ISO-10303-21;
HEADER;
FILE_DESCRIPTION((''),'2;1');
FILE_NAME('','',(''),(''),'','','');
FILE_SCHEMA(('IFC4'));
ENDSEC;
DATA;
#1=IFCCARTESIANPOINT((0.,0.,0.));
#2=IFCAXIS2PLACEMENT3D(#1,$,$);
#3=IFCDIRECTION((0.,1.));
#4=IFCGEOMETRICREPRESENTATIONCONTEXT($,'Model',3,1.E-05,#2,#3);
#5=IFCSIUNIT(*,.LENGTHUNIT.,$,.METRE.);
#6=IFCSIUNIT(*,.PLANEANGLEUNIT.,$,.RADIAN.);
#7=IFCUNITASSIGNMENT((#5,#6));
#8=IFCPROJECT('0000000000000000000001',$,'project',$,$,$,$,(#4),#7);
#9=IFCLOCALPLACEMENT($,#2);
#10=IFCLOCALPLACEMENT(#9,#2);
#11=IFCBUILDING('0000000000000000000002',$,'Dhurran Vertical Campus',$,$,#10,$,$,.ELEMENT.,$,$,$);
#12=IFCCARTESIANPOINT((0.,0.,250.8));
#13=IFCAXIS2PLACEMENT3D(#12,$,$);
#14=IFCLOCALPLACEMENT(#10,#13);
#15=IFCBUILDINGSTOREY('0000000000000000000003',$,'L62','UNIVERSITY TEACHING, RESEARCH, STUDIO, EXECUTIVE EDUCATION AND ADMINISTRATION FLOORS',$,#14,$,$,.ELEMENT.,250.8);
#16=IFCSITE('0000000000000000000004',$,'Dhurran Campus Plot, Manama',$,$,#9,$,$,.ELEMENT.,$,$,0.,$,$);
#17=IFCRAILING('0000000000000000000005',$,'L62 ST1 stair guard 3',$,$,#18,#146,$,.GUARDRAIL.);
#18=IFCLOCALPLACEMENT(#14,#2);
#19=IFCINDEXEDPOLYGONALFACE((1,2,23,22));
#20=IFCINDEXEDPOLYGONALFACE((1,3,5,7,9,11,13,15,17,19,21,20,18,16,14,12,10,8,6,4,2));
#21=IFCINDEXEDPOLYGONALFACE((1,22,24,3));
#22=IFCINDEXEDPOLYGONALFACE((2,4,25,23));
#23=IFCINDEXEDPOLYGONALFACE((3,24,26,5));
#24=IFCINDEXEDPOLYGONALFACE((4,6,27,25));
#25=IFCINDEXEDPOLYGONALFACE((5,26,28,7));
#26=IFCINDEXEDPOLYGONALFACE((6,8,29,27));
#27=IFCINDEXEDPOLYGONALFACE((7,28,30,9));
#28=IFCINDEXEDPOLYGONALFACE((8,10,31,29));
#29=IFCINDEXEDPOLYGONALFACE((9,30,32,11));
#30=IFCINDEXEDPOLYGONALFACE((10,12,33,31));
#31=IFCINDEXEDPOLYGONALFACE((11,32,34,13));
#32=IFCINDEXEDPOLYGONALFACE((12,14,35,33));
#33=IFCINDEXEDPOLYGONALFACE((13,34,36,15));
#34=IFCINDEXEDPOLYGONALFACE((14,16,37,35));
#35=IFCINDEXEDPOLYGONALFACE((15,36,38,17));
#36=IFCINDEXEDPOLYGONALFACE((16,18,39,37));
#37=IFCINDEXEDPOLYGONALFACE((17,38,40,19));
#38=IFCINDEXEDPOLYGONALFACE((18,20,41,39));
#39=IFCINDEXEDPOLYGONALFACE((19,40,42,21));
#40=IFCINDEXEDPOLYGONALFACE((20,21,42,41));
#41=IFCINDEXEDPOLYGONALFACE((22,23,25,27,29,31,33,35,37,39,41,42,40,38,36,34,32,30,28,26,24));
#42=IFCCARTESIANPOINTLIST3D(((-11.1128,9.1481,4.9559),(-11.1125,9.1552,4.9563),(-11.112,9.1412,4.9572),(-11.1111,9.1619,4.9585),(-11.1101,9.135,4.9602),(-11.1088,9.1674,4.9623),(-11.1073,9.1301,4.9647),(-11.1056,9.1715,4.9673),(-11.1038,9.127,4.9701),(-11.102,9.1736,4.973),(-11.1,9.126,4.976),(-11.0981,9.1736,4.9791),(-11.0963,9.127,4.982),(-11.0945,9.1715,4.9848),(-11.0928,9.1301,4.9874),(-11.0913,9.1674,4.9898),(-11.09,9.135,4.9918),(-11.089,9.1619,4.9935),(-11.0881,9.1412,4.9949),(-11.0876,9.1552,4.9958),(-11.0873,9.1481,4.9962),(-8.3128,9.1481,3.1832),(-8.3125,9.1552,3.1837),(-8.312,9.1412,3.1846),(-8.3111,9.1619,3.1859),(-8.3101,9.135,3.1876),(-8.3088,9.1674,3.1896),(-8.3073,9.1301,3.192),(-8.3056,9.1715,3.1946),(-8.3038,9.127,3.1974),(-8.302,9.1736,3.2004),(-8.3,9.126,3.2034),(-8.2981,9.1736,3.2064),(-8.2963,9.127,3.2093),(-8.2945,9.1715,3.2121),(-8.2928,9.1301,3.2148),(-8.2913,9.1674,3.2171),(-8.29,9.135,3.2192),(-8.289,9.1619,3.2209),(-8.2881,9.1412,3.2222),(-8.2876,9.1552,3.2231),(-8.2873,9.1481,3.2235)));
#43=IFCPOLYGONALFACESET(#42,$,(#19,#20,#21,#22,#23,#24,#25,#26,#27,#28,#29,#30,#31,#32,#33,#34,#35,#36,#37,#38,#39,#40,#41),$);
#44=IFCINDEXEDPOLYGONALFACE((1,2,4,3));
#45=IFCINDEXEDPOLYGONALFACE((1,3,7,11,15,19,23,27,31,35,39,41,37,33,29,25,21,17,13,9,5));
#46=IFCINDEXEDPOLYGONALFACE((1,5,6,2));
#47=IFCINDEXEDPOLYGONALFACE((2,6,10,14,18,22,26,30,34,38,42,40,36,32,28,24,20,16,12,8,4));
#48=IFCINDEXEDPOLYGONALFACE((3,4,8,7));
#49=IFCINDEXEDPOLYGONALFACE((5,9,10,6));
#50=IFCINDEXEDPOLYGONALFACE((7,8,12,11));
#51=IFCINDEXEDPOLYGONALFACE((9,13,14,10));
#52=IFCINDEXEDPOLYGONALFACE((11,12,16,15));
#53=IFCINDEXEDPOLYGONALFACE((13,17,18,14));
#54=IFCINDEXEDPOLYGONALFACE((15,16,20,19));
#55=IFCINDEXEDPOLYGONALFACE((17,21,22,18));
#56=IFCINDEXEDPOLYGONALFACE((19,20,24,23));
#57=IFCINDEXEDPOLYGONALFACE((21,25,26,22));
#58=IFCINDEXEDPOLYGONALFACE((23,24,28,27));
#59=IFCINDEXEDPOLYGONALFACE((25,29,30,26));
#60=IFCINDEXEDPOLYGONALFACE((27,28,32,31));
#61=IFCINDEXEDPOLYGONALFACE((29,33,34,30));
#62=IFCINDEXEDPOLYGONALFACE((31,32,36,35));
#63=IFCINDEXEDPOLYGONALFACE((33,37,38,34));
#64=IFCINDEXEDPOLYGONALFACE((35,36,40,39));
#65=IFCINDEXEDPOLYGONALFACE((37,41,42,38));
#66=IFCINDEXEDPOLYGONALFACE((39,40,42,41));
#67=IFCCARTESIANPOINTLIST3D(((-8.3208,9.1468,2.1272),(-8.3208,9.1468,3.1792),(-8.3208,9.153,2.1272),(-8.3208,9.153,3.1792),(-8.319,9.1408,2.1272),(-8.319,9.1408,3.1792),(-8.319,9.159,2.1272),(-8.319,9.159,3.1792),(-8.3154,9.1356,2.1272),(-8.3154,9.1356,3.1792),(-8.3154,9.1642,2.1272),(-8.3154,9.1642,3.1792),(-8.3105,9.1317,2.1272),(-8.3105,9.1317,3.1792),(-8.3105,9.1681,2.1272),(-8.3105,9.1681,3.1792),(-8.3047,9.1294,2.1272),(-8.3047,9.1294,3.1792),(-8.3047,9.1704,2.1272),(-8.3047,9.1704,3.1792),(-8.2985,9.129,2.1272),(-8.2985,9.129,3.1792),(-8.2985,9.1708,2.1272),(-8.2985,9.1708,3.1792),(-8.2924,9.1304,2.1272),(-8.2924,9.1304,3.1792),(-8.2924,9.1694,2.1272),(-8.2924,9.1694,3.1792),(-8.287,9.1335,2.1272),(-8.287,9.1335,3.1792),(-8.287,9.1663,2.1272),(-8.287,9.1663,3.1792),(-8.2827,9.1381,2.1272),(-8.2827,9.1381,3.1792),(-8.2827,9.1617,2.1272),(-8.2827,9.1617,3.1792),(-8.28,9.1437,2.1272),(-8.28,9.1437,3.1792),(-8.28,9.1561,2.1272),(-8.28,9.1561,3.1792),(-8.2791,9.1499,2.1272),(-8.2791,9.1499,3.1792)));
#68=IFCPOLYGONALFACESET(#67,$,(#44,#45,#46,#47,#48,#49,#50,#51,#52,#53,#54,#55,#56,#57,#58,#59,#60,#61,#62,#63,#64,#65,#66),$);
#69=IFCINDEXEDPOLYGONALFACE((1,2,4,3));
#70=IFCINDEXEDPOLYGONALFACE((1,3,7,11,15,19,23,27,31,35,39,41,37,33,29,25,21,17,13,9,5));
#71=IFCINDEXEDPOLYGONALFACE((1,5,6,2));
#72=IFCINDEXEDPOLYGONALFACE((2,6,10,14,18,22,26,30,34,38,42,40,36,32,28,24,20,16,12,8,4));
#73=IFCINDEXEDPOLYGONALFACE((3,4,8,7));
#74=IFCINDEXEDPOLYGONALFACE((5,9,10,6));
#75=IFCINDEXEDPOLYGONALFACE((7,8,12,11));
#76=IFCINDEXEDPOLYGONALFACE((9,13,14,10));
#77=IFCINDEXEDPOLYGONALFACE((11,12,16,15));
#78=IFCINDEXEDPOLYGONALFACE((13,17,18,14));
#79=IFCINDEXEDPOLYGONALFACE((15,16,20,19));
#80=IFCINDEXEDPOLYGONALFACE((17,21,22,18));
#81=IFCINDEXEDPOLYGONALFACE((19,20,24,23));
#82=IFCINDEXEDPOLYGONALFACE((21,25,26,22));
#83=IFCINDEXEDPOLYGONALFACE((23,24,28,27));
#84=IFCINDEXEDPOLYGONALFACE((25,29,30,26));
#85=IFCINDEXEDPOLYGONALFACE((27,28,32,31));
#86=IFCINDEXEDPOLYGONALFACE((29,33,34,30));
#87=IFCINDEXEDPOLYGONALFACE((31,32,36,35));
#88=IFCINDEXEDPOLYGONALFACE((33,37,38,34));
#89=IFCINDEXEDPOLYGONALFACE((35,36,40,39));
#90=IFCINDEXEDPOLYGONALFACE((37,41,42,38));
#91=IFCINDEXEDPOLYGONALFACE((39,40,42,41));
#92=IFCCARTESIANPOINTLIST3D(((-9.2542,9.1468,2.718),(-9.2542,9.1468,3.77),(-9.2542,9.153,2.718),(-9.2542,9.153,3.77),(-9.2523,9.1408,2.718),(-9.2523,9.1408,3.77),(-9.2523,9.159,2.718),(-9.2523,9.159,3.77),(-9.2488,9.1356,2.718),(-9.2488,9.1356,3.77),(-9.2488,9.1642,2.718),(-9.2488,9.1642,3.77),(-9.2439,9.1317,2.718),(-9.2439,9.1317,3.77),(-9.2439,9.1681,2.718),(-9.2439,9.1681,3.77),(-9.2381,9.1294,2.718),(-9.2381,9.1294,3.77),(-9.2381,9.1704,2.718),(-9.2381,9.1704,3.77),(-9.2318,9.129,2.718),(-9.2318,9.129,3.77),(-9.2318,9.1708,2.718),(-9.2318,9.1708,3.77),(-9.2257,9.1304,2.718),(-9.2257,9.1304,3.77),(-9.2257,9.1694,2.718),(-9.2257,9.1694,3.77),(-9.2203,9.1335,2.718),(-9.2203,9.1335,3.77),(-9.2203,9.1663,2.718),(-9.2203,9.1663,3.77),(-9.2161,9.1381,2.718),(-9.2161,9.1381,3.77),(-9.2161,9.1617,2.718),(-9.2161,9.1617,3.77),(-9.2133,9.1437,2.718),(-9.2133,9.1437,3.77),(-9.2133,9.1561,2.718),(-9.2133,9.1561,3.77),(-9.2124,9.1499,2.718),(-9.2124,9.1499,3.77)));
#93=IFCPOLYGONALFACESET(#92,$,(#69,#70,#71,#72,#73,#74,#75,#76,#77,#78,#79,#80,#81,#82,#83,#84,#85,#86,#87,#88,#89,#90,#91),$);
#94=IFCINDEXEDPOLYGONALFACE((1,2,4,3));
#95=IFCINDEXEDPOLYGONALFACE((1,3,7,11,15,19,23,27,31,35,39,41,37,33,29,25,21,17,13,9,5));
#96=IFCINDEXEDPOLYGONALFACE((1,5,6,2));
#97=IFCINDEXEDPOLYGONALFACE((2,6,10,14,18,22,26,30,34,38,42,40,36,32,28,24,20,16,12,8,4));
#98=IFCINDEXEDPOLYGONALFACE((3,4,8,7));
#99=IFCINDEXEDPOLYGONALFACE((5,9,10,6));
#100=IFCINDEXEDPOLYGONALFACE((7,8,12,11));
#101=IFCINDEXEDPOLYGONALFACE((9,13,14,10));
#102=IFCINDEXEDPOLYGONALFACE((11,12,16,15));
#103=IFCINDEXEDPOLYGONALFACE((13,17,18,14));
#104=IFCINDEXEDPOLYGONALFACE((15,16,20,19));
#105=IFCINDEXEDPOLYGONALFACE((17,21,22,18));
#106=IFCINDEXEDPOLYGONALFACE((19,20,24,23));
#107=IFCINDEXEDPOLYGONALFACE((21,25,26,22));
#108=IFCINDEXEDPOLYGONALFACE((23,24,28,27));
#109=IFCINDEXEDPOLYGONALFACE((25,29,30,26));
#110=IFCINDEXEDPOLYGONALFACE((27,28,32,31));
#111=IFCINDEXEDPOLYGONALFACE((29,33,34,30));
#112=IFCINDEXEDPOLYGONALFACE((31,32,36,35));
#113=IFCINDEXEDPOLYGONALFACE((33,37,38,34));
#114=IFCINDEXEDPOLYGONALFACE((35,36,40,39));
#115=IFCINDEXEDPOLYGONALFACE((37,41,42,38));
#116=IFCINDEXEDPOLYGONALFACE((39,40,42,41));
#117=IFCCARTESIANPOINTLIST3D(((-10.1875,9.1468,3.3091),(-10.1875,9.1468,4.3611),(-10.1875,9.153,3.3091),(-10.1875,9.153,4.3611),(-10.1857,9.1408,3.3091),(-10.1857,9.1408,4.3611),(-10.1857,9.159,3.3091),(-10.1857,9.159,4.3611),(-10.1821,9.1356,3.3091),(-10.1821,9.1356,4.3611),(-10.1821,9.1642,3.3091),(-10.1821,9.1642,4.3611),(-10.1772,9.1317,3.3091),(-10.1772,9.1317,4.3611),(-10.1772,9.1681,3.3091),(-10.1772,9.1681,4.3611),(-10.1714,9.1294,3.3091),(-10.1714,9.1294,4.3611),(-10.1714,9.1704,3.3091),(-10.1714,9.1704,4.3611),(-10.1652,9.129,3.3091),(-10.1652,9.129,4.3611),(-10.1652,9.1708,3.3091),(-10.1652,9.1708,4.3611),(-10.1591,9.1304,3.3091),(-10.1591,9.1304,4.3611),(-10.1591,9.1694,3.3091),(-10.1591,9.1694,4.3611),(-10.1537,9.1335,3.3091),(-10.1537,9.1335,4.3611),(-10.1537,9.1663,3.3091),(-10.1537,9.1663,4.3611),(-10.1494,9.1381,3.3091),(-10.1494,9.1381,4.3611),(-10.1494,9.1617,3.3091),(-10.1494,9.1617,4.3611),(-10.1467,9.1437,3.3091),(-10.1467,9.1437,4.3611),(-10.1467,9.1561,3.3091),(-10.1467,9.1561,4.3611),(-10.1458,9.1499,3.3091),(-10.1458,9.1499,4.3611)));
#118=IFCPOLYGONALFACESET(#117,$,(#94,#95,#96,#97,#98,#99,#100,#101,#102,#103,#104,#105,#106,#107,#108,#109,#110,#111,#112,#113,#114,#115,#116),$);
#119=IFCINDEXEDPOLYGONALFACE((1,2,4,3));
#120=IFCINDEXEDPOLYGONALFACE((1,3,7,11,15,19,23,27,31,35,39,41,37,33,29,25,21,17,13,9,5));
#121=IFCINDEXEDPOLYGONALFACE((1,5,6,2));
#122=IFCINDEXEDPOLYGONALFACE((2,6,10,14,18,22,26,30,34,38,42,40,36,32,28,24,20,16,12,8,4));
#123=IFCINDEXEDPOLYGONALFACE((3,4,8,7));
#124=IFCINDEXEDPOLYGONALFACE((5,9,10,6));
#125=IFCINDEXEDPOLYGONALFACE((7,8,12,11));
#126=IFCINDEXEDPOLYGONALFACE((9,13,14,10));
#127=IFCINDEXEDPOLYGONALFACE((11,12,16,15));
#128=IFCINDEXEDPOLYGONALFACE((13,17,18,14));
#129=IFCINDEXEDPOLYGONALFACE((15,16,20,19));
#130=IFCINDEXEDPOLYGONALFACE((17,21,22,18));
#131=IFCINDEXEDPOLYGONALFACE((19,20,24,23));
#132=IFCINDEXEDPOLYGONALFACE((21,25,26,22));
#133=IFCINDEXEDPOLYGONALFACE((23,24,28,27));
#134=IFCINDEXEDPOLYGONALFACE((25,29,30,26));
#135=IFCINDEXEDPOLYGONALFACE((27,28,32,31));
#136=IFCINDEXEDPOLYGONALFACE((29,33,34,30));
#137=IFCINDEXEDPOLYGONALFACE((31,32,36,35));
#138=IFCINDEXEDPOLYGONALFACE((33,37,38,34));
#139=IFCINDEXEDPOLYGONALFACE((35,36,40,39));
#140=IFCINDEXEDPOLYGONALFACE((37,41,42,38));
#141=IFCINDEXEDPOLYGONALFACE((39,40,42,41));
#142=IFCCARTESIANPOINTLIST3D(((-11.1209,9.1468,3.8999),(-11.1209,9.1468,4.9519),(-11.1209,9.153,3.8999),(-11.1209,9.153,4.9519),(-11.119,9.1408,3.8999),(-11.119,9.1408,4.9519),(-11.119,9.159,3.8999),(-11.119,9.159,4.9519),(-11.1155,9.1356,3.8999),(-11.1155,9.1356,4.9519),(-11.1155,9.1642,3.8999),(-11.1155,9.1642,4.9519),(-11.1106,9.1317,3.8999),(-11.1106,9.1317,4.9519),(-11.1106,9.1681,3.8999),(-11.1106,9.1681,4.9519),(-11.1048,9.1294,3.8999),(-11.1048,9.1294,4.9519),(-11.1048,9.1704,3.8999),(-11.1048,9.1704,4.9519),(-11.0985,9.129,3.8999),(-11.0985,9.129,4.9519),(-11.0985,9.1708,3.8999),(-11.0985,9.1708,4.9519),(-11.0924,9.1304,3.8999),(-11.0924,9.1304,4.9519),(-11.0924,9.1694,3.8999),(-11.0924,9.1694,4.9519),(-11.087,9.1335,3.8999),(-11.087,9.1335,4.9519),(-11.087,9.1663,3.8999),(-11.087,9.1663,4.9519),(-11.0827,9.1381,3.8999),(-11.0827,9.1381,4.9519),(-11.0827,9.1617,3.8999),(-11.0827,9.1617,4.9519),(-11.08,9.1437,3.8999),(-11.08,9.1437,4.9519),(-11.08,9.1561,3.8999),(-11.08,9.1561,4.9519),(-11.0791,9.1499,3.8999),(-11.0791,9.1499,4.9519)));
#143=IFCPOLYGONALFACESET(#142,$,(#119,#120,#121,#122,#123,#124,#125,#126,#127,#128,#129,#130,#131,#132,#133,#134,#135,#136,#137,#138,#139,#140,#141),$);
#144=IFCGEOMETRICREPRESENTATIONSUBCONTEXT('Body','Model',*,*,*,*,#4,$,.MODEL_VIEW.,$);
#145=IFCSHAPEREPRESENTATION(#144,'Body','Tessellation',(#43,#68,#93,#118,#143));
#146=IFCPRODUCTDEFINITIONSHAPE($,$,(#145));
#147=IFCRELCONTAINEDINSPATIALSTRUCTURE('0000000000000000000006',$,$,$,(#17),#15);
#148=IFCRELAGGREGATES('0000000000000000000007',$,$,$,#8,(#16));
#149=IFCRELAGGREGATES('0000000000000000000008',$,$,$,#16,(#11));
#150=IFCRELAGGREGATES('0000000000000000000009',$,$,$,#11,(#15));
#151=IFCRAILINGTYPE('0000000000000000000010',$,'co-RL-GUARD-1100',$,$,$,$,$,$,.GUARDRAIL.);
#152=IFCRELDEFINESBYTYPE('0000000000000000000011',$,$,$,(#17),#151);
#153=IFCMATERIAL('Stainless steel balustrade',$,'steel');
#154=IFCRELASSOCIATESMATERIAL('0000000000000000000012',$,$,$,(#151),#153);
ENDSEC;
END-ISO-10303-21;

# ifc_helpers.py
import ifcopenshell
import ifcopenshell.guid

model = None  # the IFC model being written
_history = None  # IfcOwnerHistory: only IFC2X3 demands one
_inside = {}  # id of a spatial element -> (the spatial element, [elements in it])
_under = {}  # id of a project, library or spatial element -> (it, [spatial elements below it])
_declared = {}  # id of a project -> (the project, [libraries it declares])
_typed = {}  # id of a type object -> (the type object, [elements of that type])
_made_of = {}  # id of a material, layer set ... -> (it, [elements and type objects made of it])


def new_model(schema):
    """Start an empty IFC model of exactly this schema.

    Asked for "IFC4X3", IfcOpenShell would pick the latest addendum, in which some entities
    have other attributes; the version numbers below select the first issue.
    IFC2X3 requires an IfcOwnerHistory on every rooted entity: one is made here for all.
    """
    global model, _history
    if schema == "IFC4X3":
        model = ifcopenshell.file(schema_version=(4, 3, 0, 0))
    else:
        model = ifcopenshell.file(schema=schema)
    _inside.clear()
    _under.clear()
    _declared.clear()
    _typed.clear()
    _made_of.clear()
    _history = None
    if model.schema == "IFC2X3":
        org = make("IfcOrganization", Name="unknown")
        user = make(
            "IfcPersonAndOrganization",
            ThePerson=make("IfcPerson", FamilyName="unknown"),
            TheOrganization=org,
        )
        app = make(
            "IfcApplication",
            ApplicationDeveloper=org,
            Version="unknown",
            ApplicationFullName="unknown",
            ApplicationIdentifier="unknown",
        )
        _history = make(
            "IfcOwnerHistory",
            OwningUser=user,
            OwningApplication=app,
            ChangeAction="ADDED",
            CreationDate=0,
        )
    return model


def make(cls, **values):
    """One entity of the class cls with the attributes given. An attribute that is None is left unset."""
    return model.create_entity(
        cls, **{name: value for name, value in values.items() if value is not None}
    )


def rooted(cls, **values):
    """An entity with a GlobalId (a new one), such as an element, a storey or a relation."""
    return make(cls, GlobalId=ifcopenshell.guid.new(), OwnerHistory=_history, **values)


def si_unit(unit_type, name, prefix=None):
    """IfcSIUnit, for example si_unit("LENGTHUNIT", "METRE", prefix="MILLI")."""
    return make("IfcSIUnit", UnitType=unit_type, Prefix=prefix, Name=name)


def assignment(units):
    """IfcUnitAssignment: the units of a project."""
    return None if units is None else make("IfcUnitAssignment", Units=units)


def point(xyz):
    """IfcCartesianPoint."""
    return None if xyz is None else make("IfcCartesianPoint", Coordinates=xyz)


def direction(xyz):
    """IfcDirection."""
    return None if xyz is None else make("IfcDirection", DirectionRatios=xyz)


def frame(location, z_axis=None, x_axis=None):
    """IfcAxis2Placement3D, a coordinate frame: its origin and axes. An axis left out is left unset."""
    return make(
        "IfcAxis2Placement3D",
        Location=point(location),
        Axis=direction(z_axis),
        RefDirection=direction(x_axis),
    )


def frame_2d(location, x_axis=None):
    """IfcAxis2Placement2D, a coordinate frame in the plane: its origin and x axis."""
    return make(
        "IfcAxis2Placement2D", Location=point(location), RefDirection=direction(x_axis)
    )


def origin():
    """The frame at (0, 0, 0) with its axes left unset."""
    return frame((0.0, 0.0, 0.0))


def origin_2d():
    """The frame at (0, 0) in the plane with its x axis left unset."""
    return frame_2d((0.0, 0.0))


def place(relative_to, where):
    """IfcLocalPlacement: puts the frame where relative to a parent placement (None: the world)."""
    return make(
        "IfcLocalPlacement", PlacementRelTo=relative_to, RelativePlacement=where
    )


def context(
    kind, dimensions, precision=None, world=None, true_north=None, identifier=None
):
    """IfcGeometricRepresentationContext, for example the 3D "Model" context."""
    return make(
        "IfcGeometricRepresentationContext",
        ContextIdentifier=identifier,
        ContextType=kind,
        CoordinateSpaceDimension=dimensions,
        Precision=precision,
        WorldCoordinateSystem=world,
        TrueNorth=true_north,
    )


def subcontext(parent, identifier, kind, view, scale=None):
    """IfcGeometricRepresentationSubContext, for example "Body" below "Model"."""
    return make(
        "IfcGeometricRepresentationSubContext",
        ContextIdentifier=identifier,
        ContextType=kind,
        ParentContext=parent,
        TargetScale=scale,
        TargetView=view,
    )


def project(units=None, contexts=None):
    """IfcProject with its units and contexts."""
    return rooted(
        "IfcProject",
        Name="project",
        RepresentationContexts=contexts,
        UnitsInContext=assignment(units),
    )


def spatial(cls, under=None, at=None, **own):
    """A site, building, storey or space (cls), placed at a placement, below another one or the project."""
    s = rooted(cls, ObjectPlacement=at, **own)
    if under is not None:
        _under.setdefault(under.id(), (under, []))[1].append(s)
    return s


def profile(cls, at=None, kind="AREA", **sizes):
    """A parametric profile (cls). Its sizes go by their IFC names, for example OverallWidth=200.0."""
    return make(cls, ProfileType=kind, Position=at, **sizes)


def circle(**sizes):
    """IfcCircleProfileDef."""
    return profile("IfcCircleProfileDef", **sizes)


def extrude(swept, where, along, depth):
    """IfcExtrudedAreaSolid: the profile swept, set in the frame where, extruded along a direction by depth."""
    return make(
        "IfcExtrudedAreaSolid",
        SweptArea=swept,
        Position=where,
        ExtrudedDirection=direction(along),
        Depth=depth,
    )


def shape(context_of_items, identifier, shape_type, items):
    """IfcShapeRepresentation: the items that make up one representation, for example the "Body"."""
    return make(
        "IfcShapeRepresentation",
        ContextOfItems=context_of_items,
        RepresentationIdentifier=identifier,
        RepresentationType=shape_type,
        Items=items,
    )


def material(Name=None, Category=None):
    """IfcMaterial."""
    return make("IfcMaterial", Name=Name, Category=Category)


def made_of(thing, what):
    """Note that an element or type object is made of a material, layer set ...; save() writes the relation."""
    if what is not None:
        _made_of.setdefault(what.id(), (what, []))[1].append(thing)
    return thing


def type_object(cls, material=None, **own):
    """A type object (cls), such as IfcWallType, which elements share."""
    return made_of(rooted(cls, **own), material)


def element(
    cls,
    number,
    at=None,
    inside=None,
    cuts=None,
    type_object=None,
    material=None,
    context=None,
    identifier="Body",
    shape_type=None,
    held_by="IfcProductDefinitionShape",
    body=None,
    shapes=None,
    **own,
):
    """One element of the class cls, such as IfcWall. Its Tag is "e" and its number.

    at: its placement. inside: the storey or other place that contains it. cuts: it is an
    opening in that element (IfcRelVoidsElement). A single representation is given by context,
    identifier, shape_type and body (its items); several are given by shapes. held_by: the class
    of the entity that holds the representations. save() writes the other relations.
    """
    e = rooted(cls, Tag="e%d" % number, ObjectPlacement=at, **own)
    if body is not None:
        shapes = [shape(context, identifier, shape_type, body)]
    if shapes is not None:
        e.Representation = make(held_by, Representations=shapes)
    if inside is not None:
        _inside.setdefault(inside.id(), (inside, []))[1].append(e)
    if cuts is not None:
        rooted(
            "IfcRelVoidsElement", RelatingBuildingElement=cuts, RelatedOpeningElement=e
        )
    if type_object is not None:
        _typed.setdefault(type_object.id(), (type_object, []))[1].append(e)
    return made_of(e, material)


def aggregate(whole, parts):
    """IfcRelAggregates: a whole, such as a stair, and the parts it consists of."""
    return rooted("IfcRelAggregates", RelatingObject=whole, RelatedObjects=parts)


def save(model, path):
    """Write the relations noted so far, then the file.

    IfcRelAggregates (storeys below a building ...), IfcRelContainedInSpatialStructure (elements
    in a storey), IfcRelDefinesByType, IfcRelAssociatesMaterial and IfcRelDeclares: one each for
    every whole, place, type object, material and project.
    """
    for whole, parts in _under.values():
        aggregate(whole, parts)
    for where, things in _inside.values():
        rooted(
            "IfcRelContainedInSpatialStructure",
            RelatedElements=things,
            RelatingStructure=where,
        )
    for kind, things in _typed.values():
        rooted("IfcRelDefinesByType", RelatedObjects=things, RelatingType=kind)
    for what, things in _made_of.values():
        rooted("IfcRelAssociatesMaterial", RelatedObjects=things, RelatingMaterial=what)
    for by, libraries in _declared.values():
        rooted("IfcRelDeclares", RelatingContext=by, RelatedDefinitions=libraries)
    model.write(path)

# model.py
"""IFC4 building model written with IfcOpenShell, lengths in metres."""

from ifc_helpers import new_model, si_unit, direction, frame, origin, origin_2d, place, context, subcontext, project, spatial, circle, extrude, material, type_object, element, save


model = new_model("IFC4")

# Units and contexts
model_context = context("Model", 3, precision=1e-05, world=origin(), true_north=direction((0.0, 1.0)))
body_context = subcontext(model_context, "Body", "Model", "MODEL_VIEW")
ifc_project = project(units=[si_unit("LENGTHUNIT", "METRE"), si_unit("PLANEANGLEUNIT", "RADIAN")], contexts=[model_context])

# Site, building, storey
site_placement = place(None, origin())
site = spatial("IfcSite", under=ifc_project, at=site_placement, Name="Dhurran Campus Plot, Manama", CompositionType="ELEMENT", RefElevation=0.0)
building_placement = place(site_placement, origin())
building = spatial("IfcBuilding", under=site, at=building_placement, Name="Dhurran Vertical Campus", CompositionType="ELEMENT")
storey_placement = place(building_placement, frame((0.0, 0.0, 250.8)))
storey = spatial("IfcBuildingStorey", under=building, at=storey_placement, Name="L62", Description="UNIVERSITY TEACHING, RESEARCH, STUDIO, EXECUTIVE EDUCATION AND ADMINISTRATION FLOORS", CompositionType="ELEMENT", Elevation=250.8)

# Railing
ifc_material_1 = material(Name="Stainless steel balustrade", Category="steel")
railing_type_1 = type_object("IfcRailingType", Name="co-RL-GUARD-1100", PredefinedType="GUARDRAIL", material=ifc_material_1)
railing_1_placement = place(storey_placement, frame((-8.3, 9.1499, 2.1272)))
element("IfcRailing", 1, at=railing_1_placement, inside=storey, type_object=railing_type_1, Name="L62 ST1 stair guard 3", PredefinedType="GUARDRAIL", context=body_context, shape_type="SweptSolid", body=[
    extrude(circle(Radius=0.0239, at=origin_2d()), frame((0.0, 0.0, 1.0762), z_axis=(-0.844909, 0.0, 0.53491), x_axis=(0.0, -1.0, 0.0)), (0.0, 0.0, 1.0), 3.314),
    extrude(circle(Radius=0.021, at=origin_2d()), origin(), (0.0, 0.0, 1.0), 1.052),
    extrude(circle(Radius=0.021, at=origin_2d()), frame((-0.9333, 0.0, 0.5908)), (0.0, 0.0, 1.0), 1.052),
    extrude(circle(Radius=0.021, at=origin_2d()), frame((-1.8667, 0.0, 1.1819)), (0.0, 0.0, 1.0), 1.052),
    extrude(circle(Radius=0.021, at=origin_2d()), frame((-2.8, 0.0, 1.7727)), (0.0, 0.0, 1.0), 1.052),
])

save(model, "model.ifc")
